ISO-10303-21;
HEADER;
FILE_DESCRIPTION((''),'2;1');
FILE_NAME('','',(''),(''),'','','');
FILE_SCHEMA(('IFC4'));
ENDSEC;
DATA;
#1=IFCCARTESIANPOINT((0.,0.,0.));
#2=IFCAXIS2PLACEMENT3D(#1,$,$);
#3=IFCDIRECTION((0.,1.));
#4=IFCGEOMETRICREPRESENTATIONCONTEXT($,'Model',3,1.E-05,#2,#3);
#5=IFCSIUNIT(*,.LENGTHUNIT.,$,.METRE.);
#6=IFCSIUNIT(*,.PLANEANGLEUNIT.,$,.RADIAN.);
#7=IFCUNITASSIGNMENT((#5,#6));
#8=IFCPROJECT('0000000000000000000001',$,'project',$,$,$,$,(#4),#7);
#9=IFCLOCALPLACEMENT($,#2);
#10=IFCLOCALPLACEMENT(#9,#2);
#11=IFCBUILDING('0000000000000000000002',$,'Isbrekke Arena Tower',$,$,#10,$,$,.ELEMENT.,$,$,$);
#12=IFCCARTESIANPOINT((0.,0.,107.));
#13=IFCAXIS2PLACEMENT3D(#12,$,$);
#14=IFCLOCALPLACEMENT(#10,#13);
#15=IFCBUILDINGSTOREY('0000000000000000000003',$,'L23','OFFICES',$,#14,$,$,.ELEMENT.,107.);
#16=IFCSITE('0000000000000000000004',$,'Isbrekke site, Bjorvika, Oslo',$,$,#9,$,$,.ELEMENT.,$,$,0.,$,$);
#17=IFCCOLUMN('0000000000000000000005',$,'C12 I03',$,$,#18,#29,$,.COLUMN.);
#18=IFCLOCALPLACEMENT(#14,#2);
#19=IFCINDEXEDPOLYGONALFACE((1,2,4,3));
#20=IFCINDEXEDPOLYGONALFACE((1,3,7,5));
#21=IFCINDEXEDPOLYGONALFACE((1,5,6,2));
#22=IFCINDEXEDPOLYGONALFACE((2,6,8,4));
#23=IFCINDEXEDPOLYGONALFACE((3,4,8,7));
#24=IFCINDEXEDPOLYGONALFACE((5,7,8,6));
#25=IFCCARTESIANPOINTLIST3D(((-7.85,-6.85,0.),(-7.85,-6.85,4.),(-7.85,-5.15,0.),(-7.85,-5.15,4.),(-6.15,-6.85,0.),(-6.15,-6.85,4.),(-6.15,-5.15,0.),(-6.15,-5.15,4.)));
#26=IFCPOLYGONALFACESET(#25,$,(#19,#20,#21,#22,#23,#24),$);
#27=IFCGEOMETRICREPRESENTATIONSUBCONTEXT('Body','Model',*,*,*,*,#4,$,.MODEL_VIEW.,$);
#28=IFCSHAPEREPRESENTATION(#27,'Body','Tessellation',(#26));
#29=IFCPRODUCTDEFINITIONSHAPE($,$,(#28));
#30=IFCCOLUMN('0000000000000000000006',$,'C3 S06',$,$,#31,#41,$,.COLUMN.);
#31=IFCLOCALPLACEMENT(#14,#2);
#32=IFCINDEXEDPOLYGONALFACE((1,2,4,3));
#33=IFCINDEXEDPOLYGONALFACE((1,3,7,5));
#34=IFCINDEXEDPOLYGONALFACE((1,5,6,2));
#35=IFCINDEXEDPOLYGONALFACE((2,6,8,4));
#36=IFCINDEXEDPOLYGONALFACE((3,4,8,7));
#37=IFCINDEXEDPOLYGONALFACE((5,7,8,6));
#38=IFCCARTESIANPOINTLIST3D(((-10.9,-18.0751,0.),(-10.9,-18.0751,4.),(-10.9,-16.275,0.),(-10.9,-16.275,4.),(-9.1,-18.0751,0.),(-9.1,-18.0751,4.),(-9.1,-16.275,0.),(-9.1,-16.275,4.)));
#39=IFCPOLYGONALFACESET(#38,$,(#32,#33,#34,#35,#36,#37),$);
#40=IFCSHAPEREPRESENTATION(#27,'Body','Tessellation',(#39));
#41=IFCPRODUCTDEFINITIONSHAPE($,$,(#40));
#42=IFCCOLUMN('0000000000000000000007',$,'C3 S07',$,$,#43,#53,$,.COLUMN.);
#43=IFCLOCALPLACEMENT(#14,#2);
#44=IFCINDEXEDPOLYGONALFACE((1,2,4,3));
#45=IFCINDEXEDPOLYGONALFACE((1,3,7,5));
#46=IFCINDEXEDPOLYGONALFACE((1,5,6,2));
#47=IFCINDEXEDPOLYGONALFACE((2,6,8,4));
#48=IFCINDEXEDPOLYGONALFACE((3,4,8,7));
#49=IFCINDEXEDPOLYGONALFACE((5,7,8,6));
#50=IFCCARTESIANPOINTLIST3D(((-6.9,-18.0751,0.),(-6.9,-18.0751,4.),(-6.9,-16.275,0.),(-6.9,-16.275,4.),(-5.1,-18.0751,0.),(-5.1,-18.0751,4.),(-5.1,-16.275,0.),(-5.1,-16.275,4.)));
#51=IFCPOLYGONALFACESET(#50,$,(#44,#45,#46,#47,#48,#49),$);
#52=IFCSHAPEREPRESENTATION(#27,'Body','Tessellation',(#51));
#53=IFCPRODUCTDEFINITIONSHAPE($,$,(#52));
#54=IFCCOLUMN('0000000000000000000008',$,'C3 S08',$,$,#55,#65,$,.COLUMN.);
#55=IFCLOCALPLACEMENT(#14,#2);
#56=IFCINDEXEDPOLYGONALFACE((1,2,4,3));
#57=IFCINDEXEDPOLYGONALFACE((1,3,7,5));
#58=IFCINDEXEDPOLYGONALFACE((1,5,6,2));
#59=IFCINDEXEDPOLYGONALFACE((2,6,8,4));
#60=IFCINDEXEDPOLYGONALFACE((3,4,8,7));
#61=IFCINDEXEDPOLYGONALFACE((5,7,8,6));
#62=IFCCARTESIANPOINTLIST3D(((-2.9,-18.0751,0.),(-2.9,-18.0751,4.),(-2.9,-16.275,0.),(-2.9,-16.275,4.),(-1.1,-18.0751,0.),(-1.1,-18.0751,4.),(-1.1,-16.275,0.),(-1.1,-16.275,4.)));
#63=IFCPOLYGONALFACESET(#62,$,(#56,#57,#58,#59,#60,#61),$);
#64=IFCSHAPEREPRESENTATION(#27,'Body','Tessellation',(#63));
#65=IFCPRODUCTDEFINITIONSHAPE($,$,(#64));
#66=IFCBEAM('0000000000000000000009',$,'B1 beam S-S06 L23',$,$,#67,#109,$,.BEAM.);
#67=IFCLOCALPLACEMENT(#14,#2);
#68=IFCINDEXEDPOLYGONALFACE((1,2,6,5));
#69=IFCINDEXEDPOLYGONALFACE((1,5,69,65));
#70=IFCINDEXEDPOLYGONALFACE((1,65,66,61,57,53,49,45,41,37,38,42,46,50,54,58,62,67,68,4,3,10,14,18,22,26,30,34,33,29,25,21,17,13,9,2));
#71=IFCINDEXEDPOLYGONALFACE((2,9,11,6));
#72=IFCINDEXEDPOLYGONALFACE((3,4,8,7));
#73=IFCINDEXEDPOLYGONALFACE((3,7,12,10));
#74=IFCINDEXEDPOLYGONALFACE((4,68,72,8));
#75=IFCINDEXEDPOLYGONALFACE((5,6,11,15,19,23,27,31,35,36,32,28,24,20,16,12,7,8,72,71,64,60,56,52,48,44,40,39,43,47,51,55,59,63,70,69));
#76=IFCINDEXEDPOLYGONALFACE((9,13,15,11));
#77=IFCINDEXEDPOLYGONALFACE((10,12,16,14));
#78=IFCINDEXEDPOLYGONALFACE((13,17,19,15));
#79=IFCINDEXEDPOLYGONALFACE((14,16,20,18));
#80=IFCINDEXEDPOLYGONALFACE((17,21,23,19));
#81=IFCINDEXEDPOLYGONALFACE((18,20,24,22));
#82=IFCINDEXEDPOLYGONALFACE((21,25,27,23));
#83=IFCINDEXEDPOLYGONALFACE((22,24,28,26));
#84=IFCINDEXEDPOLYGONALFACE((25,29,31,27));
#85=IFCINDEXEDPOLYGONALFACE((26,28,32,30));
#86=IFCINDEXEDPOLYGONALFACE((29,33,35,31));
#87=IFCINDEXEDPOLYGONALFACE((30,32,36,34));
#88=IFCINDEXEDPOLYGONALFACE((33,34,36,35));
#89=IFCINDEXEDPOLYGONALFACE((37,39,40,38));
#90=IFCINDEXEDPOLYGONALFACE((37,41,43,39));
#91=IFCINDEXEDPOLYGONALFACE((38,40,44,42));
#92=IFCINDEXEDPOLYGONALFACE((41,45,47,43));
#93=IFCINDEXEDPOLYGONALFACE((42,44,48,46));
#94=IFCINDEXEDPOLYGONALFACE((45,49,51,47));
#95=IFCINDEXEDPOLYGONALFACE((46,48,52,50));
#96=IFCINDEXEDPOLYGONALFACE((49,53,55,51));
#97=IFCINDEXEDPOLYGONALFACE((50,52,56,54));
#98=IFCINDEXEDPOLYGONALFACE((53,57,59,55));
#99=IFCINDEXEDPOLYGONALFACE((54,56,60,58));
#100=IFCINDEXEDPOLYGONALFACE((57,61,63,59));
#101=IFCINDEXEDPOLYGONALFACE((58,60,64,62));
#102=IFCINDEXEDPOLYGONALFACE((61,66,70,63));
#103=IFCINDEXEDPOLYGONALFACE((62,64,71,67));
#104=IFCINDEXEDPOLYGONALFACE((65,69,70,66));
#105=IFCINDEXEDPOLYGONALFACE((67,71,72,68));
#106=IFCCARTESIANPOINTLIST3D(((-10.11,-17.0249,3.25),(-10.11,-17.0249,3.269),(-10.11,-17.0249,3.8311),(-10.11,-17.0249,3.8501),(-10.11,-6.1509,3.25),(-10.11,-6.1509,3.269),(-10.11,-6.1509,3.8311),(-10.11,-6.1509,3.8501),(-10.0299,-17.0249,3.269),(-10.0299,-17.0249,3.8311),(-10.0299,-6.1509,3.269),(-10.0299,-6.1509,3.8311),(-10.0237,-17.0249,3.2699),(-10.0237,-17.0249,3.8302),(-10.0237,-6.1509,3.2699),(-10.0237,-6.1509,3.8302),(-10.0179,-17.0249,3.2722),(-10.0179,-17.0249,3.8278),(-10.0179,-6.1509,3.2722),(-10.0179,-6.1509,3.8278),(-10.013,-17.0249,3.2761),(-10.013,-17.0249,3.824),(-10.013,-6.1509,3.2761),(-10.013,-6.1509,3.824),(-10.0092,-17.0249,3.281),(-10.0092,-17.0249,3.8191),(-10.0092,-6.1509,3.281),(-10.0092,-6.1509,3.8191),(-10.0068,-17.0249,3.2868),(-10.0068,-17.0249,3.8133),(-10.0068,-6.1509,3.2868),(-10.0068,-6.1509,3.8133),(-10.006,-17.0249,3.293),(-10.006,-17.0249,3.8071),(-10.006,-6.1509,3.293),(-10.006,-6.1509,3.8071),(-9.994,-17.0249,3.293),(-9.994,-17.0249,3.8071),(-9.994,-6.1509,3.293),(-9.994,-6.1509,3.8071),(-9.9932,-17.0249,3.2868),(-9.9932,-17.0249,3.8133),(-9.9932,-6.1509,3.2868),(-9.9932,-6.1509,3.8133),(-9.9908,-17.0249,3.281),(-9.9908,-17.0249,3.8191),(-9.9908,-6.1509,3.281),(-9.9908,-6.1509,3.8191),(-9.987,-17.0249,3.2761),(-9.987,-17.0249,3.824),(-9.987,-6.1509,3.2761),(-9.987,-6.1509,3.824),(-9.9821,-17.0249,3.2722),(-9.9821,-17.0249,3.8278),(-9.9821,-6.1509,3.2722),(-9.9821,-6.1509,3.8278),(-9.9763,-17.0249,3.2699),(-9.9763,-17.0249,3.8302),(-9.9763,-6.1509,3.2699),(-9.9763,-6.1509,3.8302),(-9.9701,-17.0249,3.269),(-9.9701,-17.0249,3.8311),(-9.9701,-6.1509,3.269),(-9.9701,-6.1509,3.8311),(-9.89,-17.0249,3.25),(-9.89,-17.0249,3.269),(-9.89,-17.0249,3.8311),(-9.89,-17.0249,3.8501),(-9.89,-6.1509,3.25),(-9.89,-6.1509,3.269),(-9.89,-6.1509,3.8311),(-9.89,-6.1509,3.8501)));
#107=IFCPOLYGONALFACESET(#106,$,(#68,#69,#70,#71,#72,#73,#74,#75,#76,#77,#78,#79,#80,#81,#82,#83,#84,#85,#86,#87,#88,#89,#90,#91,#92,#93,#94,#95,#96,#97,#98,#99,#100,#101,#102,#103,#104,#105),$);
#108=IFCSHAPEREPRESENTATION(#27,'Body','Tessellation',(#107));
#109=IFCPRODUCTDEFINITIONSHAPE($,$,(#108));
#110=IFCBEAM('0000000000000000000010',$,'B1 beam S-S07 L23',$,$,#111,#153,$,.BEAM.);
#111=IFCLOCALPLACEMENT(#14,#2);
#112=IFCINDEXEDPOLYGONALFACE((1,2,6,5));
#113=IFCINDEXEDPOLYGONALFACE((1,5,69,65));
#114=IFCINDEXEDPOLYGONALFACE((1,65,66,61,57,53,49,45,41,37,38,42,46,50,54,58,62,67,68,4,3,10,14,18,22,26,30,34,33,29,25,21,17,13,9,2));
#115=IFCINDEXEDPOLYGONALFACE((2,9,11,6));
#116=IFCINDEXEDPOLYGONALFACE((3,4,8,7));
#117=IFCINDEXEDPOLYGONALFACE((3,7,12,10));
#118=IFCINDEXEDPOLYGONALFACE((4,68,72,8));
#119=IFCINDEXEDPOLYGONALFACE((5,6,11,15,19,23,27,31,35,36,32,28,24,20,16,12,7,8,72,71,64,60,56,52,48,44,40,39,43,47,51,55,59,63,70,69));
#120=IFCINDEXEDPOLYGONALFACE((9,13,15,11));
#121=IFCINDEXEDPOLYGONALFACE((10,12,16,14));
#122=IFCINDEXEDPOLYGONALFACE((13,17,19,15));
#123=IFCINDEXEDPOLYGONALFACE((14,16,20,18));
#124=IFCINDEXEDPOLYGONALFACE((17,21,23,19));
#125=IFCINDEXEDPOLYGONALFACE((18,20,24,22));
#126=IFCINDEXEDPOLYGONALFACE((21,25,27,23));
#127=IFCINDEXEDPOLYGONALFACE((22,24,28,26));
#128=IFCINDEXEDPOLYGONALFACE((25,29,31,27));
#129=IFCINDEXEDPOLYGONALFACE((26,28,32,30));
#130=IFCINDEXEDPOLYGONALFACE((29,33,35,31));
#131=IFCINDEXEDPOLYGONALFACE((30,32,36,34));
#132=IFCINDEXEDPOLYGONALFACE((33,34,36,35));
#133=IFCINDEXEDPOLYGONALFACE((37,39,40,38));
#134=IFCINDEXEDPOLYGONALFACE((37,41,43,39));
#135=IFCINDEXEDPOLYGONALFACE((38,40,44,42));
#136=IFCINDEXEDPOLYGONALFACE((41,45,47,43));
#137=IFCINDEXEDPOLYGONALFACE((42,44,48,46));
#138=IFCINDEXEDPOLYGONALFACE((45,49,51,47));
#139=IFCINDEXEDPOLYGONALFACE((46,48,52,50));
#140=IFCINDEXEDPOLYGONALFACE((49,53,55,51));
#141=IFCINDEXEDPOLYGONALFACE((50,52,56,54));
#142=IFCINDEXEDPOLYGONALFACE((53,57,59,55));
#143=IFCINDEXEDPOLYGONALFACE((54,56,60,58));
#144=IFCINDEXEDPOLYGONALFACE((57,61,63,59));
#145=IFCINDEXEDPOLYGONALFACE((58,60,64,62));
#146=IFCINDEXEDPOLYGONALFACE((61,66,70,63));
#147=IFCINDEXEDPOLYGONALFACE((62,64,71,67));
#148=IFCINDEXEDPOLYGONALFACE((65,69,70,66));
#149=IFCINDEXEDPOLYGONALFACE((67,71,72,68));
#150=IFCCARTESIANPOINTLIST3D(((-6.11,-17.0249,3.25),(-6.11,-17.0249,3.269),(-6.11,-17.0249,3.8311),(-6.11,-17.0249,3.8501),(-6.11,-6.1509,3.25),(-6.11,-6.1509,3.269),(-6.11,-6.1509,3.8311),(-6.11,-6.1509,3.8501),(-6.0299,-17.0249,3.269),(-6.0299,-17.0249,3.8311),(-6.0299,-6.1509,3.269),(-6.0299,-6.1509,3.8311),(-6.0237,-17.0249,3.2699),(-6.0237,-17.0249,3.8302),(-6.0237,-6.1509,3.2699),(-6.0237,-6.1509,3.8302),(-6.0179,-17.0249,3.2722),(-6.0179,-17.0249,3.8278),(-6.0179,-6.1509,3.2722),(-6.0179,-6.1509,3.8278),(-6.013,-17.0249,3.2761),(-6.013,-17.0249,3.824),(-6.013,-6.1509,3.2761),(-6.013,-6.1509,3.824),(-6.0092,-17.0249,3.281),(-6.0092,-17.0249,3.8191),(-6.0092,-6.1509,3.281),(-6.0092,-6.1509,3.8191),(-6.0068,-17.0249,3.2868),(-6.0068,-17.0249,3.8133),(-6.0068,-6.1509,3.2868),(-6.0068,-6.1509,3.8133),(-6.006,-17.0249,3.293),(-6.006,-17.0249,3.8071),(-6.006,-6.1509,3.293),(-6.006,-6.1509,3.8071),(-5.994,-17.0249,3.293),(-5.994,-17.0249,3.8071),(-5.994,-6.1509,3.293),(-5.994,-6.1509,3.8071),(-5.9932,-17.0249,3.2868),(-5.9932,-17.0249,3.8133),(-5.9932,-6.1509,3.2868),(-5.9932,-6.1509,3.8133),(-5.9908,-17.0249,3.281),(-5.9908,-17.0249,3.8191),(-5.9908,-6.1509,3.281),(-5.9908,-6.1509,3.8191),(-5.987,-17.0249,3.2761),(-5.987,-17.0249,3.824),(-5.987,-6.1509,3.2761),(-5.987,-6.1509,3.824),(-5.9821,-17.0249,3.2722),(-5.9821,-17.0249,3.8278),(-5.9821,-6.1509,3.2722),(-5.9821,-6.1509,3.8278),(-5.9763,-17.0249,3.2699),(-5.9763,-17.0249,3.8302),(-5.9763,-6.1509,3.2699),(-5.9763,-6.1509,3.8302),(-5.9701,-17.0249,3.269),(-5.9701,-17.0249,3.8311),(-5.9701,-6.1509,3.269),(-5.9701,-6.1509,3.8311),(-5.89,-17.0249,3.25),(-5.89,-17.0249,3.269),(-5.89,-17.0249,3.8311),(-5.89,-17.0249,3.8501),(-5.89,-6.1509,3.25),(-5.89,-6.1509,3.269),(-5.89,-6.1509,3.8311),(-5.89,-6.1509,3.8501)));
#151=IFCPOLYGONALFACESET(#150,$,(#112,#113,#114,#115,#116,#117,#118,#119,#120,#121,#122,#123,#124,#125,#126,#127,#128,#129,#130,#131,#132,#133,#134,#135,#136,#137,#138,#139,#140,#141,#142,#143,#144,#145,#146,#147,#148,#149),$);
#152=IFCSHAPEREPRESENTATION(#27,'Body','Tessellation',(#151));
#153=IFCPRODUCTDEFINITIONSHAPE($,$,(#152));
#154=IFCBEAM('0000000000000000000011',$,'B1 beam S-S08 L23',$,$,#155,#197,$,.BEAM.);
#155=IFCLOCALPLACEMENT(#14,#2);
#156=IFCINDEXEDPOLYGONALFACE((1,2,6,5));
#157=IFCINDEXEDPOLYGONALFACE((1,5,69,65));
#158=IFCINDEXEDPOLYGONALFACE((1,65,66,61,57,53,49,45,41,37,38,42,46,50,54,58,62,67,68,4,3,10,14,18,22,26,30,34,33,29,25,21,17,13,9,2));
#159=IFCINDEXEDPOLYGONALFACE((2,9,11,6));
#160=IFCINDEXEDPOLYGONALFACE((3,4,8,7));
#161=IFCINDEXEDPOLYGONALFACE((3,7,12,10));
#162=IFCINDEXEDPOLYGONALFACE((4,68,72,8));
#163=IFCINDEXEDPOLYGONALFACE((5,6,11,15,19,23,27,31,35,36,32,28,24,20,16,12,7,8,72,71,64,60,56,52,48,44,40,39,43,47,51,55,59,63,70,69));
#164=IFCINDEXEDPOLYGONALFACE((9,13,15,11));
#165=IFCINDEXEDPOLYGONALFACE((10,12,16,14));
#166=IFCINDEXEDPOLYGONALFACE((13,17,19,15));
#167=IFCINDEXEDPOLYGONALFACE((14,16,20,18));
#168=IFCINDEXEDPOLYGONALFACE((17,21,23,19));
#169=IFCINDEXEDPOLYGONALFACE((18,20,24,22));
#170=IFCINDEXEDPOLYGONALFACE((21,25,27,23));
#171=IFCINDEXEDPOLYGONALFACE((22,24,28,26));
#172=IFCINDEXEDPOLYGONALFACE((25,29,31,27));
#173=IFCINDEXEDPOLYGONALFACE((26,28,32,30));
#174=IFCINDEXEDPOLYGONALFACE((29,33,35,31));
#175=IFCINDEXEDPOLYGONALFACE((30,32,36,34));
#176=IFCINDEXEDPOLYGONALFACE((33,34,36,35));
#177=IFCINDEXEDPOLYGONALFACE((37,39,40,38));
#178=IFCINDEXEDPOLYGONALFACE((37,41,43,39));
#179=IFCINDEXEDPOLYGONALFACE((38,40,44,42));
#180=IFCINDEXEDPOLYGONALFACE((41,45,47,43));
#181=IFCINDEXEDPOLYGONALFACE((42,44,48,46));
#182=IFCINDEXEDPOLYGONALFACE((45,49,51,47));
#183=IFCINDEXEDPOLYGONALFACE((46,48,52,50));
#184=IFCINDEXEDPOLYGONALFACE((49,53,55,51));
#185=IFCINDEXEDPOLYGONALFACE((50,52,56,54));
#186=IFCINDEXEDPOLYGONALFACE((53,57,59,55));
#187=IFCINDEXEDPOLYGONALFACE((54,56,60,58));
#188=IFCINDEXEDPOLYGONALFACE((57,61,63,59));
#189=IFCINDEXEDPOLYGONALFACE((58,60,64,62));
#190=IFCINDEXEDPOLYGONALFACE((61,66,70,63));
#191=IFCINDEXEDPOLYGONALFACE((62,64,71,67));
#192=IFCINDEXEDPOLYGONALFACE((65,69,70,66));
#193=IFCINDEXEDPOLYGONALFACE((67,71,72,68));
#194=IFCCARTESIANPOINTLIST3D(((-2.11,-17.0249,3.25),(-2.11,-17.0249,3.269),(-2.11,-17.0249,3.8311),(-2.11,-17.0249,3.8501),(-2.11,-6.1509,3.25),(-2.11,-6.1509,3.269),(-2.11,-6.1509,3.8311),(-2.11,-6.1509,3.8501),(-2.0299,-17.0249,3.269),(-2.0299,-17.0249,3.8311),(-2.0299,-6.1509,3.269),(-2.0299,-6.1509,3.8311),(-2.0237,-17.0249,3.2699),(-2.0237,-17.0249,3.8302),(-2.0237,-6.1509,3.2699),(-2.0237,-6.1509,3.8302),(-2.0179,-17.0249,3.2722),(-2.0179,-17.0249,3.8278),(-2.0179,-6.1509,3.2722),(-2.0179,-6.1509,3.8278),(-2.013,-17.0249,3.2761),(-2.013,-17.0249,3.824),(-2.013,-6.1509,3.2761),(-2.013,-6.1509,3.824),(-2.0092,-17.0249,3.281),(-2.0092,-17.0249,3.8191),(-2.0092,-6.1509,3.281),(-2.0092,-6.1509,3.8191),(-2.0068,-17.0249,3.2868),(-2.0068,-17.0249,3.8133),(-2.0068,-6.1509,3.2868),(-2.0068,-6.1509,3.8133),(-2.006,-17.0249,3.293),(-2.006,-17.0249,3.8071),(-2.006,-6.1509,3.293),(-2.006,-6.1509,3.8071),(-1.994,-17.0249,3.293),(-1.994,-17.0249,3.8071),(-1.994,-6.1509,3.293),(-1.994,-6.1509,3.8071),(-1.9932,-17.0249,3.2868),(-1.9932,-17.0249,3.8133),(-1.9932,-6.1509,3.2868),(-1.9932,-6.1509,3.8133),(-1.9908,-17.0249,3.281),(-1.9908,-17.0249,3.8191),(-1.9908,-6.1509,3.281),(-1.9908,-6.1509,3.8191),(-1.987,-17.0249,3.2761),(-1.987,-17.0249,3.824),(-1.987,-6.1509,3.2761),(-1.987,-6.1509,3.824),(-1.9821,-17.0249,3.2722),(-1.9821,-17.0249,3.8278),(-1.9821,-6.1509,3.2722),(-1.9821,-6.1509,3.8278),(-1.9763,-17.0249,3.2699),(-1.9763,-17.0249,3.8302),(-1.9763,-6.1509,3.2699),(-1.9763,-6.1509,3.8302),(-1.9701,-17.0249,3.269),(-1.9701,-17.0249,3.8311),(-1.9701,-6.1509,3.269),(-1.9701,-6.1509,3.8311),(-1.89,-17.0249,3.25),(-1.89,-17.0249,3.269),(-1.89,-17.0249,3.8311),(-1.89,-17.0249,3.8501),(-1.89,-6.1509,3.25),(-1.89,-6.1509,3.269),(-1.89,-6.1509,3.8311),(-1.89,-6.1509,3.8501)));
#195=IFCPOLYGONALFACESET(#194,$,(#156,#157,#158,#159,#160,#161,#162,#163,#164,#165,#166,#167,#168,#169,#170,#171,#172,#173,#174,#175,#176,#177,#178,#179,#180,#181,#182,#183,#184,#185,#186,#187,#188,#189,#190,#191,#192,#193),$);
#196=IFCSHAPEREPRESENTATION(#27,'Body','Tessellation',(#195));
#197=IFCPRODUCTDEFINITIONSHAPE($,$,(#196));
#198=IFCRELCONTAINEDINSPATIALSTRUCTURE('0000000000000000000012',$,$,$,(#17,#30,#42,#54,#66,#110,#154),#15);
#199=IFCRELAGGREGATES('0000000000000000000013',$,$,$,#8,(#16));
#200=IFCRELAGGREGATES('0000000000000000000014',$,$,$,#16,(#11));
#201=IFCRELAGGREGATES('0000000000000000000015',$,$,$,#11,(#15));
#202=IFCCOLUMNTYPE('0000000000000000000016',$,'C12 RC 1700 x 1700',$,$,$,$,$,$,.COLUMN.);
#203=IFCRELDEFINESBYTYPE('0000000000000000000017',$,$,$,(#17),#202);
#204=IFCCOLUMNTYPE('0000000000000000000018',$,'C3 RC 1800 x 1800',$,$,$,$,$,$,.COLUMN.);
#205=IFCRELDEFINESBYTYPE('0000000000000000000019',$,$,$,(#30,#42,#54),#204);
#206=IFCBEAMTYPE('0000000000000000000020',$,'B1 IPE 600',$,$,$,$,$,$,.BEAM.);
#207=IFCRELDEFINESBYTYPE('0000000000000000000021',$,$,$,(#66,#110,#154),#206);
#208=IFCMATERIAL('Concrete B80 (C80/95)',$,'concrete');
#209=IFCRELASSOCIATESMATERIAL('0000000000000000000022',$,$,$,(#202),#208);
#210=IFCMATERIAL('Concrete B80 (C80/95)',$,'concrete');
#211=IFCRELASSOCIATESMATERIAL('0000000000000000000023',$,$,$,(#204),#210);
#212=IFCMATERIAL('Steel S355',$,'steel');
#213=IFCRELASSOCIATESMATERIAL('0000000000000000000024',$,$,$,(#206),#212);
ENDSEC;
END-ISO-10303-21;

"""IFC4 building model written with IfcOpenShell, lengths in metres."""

from ifc_helpers import new_model, si_unit, direction, frame, origin, origin_2d, place, context, subcontext, project, spatial, rectangle, i_section, extrude, material, material_profile, profile_set, type_object, element, save


model = new_model("IFC4")

# Units and contexts
model_context = context("Model", 3, precision=1e-05, world=origin(), true_north=direction((0.0, 1.0)))
body_context = subcontext(model_context, "Body", "Model", "MODEL_VIEW")
ifc_project = project(units=[si_unit("LENGTHUNIT", "METRE"), si_unit("PLANEANGLEUNIT", "RADIAN")], contexts=[model_context])

# Site, building, storey
site_placement = place(None, origin())
site = spatial("IfcSite", under=ifc_project, at=site_placement, Name="Isbrekke site, Bjorvika, Oslo", CompositionType="ELEMENT", RefElevation=0.0)
building_placement = place(site_placement, origin())
building = spatial("IfcBuilding", under=site, at=building_placement, Name="Isbrekke Arena Tower", CompositionType="ELEMENT")
storey_placement = place(building_placement, frame((0.0, 0.0, 107.0)))
storey = spatial("IfcBuildingStorey", under=building, at=storey_placement, Name="L23", Description="OFFICES", CompositionType="ELEMENT", Elevation=107.0)

# Columns
ifc_material_1 = material(Name="Concrete B80 (C80/95)", Category="concrete")
ifc_material_profile_1 = material_profile(ifc_material_1, rectangle(XDim=1.7, YDim=1.7, at=origin_2d()), Name="RC 1700x1700")
ifc_profile_set_1 = profile_set([ifc_material_profile_1], Name="Concrete B80 (C80/95)")
column_type_1 = type_object("IfcColumnType", Name="C12 RC 1700 x 1700", PredefinedType="COLUMN", material=ifc_profile_set_1)
column_placement = place(storey_placement, frame((-7.0, -6.0, 0.0), z_axis=(0.0, 0.0, 1.0), x_axis=(1.0, 0.0, 0.0)))
element("IfcColumn", 1, at=column_placement, inside=storey, type_object=column_type_1, Name="C12 I03", PredefinedType="COLUMN", context=body_context, shape_type="SweptSolid", body=[
    extrude(rectangle(XDim=1.7, YDim=1.7, at=origin_2d()), origin(), (0.0, 0.0, 1.0), 4.0),
])
ifc_material_2 = material(Name="Concrete B80 (C80/95)", Category="concrete")
ifc_material_profile_2 = material_profile(ifc_material_2, rectangle(XDim=1.8, YDim=1.8, at=origin_2d()), Name="RC 1800x1800")
ifc_profile_set_2 = profile_set([ifc_material_profile_2], Name="Concrete B80 (C80/95)")
column_type_2 = type_object("IfcColumnType", Name="C3 RC 1800 x 1800", PredefinedType="COLUMN", material=ifc_profile_set_2)
for number, where, z_axis, x_axis, name in (
    (2, (-10.0, -17.175, 0.0), (0.0, 0.0, 1.0), (1.0, 0.0, 0.0), "C3 S06"),
    (3, (-6.0, -17.175, 0.0), (0.0, 0.0, 1.0), (1.0, 0.0, 0.0), "C3 S07"),
    (4, (-2.0, -17.175, 0.0), (0.0, 0.0, 1.0), (1.0, 0.0, 0.0), "C3 S08"),
):
    element("IfcColumn", number, at=place(storey_placement, frame(where, z_axis=z_axis, x_axis=x_axis)), inside=storey, type_object=column_type_2, Name=name, PredefinedType="COLUMN", context=body_context, shape_type="SweptSolid", body=[
        extrude(rectangle(XDim=1.8, YDim=1.8, at=origin_2d()), origin(), (0.0, 0.0, 1.0), 4.0),
    ])

# Beams
ifc_material_3 = material(Name="Steel S355", Category="steel")
ifc_material_profile_3 = material_profile(ifc_material_3, i_section(OverallWidth=0.22, OverallDepth=0.6001, WebThickness=0.012, FlangeThickness=0.019, FilletRadius=0.0239, at=origin_2d()), Name="IPE 600")
ifc_profile_set_3 = profile_set([ifc_material_profile_3], Name="Steel S355")
beam_type_1 = type_object("IfcBeamType", Name="B1 IPE 600", PredefinedType="BEAM", material=ifc_profile_set_3)
for number, where, z_axis, x_axis, name in (
    (5, (-10.0, -17.0249, 3.55), (0.0, 1.0, 0.0), (-1.0, 0.0, 0.0), "B1 beam S-S06 L23"),
    (6, (-6.0, -17.0249, 3.55), (0.0, 1.0, 0.0), (-1.0, 0.0, 0.0), "B1 beam S-S07 L23"),
    (7, (-2.0, -17.0249, 3.55), (0.0, 1.0, 0.0), (-1.0, 0.0, 0.0), "B1 beam S-S08 L23"),
):
    element("IfcBeam", number, at=place(storey_placement, frame(where, z_axis=z_axis, x_axis=x_axis)), inside=storey, type_object=beam_type_1, Name=name, PredefinedType="BEAM", context=body_context, shape_type="SweptSolid", body=[
        extrude(i_section(OverallWidth=0.22, OverallDepth=0.6001, WebThickness=0.012, FlangeThickness=0.019, FilletRadius=0.0239, at=origin_2d()), origin(), (0.0, 0.0, 1.0), 10.874),
    ])

save(model, "model.ifc")
